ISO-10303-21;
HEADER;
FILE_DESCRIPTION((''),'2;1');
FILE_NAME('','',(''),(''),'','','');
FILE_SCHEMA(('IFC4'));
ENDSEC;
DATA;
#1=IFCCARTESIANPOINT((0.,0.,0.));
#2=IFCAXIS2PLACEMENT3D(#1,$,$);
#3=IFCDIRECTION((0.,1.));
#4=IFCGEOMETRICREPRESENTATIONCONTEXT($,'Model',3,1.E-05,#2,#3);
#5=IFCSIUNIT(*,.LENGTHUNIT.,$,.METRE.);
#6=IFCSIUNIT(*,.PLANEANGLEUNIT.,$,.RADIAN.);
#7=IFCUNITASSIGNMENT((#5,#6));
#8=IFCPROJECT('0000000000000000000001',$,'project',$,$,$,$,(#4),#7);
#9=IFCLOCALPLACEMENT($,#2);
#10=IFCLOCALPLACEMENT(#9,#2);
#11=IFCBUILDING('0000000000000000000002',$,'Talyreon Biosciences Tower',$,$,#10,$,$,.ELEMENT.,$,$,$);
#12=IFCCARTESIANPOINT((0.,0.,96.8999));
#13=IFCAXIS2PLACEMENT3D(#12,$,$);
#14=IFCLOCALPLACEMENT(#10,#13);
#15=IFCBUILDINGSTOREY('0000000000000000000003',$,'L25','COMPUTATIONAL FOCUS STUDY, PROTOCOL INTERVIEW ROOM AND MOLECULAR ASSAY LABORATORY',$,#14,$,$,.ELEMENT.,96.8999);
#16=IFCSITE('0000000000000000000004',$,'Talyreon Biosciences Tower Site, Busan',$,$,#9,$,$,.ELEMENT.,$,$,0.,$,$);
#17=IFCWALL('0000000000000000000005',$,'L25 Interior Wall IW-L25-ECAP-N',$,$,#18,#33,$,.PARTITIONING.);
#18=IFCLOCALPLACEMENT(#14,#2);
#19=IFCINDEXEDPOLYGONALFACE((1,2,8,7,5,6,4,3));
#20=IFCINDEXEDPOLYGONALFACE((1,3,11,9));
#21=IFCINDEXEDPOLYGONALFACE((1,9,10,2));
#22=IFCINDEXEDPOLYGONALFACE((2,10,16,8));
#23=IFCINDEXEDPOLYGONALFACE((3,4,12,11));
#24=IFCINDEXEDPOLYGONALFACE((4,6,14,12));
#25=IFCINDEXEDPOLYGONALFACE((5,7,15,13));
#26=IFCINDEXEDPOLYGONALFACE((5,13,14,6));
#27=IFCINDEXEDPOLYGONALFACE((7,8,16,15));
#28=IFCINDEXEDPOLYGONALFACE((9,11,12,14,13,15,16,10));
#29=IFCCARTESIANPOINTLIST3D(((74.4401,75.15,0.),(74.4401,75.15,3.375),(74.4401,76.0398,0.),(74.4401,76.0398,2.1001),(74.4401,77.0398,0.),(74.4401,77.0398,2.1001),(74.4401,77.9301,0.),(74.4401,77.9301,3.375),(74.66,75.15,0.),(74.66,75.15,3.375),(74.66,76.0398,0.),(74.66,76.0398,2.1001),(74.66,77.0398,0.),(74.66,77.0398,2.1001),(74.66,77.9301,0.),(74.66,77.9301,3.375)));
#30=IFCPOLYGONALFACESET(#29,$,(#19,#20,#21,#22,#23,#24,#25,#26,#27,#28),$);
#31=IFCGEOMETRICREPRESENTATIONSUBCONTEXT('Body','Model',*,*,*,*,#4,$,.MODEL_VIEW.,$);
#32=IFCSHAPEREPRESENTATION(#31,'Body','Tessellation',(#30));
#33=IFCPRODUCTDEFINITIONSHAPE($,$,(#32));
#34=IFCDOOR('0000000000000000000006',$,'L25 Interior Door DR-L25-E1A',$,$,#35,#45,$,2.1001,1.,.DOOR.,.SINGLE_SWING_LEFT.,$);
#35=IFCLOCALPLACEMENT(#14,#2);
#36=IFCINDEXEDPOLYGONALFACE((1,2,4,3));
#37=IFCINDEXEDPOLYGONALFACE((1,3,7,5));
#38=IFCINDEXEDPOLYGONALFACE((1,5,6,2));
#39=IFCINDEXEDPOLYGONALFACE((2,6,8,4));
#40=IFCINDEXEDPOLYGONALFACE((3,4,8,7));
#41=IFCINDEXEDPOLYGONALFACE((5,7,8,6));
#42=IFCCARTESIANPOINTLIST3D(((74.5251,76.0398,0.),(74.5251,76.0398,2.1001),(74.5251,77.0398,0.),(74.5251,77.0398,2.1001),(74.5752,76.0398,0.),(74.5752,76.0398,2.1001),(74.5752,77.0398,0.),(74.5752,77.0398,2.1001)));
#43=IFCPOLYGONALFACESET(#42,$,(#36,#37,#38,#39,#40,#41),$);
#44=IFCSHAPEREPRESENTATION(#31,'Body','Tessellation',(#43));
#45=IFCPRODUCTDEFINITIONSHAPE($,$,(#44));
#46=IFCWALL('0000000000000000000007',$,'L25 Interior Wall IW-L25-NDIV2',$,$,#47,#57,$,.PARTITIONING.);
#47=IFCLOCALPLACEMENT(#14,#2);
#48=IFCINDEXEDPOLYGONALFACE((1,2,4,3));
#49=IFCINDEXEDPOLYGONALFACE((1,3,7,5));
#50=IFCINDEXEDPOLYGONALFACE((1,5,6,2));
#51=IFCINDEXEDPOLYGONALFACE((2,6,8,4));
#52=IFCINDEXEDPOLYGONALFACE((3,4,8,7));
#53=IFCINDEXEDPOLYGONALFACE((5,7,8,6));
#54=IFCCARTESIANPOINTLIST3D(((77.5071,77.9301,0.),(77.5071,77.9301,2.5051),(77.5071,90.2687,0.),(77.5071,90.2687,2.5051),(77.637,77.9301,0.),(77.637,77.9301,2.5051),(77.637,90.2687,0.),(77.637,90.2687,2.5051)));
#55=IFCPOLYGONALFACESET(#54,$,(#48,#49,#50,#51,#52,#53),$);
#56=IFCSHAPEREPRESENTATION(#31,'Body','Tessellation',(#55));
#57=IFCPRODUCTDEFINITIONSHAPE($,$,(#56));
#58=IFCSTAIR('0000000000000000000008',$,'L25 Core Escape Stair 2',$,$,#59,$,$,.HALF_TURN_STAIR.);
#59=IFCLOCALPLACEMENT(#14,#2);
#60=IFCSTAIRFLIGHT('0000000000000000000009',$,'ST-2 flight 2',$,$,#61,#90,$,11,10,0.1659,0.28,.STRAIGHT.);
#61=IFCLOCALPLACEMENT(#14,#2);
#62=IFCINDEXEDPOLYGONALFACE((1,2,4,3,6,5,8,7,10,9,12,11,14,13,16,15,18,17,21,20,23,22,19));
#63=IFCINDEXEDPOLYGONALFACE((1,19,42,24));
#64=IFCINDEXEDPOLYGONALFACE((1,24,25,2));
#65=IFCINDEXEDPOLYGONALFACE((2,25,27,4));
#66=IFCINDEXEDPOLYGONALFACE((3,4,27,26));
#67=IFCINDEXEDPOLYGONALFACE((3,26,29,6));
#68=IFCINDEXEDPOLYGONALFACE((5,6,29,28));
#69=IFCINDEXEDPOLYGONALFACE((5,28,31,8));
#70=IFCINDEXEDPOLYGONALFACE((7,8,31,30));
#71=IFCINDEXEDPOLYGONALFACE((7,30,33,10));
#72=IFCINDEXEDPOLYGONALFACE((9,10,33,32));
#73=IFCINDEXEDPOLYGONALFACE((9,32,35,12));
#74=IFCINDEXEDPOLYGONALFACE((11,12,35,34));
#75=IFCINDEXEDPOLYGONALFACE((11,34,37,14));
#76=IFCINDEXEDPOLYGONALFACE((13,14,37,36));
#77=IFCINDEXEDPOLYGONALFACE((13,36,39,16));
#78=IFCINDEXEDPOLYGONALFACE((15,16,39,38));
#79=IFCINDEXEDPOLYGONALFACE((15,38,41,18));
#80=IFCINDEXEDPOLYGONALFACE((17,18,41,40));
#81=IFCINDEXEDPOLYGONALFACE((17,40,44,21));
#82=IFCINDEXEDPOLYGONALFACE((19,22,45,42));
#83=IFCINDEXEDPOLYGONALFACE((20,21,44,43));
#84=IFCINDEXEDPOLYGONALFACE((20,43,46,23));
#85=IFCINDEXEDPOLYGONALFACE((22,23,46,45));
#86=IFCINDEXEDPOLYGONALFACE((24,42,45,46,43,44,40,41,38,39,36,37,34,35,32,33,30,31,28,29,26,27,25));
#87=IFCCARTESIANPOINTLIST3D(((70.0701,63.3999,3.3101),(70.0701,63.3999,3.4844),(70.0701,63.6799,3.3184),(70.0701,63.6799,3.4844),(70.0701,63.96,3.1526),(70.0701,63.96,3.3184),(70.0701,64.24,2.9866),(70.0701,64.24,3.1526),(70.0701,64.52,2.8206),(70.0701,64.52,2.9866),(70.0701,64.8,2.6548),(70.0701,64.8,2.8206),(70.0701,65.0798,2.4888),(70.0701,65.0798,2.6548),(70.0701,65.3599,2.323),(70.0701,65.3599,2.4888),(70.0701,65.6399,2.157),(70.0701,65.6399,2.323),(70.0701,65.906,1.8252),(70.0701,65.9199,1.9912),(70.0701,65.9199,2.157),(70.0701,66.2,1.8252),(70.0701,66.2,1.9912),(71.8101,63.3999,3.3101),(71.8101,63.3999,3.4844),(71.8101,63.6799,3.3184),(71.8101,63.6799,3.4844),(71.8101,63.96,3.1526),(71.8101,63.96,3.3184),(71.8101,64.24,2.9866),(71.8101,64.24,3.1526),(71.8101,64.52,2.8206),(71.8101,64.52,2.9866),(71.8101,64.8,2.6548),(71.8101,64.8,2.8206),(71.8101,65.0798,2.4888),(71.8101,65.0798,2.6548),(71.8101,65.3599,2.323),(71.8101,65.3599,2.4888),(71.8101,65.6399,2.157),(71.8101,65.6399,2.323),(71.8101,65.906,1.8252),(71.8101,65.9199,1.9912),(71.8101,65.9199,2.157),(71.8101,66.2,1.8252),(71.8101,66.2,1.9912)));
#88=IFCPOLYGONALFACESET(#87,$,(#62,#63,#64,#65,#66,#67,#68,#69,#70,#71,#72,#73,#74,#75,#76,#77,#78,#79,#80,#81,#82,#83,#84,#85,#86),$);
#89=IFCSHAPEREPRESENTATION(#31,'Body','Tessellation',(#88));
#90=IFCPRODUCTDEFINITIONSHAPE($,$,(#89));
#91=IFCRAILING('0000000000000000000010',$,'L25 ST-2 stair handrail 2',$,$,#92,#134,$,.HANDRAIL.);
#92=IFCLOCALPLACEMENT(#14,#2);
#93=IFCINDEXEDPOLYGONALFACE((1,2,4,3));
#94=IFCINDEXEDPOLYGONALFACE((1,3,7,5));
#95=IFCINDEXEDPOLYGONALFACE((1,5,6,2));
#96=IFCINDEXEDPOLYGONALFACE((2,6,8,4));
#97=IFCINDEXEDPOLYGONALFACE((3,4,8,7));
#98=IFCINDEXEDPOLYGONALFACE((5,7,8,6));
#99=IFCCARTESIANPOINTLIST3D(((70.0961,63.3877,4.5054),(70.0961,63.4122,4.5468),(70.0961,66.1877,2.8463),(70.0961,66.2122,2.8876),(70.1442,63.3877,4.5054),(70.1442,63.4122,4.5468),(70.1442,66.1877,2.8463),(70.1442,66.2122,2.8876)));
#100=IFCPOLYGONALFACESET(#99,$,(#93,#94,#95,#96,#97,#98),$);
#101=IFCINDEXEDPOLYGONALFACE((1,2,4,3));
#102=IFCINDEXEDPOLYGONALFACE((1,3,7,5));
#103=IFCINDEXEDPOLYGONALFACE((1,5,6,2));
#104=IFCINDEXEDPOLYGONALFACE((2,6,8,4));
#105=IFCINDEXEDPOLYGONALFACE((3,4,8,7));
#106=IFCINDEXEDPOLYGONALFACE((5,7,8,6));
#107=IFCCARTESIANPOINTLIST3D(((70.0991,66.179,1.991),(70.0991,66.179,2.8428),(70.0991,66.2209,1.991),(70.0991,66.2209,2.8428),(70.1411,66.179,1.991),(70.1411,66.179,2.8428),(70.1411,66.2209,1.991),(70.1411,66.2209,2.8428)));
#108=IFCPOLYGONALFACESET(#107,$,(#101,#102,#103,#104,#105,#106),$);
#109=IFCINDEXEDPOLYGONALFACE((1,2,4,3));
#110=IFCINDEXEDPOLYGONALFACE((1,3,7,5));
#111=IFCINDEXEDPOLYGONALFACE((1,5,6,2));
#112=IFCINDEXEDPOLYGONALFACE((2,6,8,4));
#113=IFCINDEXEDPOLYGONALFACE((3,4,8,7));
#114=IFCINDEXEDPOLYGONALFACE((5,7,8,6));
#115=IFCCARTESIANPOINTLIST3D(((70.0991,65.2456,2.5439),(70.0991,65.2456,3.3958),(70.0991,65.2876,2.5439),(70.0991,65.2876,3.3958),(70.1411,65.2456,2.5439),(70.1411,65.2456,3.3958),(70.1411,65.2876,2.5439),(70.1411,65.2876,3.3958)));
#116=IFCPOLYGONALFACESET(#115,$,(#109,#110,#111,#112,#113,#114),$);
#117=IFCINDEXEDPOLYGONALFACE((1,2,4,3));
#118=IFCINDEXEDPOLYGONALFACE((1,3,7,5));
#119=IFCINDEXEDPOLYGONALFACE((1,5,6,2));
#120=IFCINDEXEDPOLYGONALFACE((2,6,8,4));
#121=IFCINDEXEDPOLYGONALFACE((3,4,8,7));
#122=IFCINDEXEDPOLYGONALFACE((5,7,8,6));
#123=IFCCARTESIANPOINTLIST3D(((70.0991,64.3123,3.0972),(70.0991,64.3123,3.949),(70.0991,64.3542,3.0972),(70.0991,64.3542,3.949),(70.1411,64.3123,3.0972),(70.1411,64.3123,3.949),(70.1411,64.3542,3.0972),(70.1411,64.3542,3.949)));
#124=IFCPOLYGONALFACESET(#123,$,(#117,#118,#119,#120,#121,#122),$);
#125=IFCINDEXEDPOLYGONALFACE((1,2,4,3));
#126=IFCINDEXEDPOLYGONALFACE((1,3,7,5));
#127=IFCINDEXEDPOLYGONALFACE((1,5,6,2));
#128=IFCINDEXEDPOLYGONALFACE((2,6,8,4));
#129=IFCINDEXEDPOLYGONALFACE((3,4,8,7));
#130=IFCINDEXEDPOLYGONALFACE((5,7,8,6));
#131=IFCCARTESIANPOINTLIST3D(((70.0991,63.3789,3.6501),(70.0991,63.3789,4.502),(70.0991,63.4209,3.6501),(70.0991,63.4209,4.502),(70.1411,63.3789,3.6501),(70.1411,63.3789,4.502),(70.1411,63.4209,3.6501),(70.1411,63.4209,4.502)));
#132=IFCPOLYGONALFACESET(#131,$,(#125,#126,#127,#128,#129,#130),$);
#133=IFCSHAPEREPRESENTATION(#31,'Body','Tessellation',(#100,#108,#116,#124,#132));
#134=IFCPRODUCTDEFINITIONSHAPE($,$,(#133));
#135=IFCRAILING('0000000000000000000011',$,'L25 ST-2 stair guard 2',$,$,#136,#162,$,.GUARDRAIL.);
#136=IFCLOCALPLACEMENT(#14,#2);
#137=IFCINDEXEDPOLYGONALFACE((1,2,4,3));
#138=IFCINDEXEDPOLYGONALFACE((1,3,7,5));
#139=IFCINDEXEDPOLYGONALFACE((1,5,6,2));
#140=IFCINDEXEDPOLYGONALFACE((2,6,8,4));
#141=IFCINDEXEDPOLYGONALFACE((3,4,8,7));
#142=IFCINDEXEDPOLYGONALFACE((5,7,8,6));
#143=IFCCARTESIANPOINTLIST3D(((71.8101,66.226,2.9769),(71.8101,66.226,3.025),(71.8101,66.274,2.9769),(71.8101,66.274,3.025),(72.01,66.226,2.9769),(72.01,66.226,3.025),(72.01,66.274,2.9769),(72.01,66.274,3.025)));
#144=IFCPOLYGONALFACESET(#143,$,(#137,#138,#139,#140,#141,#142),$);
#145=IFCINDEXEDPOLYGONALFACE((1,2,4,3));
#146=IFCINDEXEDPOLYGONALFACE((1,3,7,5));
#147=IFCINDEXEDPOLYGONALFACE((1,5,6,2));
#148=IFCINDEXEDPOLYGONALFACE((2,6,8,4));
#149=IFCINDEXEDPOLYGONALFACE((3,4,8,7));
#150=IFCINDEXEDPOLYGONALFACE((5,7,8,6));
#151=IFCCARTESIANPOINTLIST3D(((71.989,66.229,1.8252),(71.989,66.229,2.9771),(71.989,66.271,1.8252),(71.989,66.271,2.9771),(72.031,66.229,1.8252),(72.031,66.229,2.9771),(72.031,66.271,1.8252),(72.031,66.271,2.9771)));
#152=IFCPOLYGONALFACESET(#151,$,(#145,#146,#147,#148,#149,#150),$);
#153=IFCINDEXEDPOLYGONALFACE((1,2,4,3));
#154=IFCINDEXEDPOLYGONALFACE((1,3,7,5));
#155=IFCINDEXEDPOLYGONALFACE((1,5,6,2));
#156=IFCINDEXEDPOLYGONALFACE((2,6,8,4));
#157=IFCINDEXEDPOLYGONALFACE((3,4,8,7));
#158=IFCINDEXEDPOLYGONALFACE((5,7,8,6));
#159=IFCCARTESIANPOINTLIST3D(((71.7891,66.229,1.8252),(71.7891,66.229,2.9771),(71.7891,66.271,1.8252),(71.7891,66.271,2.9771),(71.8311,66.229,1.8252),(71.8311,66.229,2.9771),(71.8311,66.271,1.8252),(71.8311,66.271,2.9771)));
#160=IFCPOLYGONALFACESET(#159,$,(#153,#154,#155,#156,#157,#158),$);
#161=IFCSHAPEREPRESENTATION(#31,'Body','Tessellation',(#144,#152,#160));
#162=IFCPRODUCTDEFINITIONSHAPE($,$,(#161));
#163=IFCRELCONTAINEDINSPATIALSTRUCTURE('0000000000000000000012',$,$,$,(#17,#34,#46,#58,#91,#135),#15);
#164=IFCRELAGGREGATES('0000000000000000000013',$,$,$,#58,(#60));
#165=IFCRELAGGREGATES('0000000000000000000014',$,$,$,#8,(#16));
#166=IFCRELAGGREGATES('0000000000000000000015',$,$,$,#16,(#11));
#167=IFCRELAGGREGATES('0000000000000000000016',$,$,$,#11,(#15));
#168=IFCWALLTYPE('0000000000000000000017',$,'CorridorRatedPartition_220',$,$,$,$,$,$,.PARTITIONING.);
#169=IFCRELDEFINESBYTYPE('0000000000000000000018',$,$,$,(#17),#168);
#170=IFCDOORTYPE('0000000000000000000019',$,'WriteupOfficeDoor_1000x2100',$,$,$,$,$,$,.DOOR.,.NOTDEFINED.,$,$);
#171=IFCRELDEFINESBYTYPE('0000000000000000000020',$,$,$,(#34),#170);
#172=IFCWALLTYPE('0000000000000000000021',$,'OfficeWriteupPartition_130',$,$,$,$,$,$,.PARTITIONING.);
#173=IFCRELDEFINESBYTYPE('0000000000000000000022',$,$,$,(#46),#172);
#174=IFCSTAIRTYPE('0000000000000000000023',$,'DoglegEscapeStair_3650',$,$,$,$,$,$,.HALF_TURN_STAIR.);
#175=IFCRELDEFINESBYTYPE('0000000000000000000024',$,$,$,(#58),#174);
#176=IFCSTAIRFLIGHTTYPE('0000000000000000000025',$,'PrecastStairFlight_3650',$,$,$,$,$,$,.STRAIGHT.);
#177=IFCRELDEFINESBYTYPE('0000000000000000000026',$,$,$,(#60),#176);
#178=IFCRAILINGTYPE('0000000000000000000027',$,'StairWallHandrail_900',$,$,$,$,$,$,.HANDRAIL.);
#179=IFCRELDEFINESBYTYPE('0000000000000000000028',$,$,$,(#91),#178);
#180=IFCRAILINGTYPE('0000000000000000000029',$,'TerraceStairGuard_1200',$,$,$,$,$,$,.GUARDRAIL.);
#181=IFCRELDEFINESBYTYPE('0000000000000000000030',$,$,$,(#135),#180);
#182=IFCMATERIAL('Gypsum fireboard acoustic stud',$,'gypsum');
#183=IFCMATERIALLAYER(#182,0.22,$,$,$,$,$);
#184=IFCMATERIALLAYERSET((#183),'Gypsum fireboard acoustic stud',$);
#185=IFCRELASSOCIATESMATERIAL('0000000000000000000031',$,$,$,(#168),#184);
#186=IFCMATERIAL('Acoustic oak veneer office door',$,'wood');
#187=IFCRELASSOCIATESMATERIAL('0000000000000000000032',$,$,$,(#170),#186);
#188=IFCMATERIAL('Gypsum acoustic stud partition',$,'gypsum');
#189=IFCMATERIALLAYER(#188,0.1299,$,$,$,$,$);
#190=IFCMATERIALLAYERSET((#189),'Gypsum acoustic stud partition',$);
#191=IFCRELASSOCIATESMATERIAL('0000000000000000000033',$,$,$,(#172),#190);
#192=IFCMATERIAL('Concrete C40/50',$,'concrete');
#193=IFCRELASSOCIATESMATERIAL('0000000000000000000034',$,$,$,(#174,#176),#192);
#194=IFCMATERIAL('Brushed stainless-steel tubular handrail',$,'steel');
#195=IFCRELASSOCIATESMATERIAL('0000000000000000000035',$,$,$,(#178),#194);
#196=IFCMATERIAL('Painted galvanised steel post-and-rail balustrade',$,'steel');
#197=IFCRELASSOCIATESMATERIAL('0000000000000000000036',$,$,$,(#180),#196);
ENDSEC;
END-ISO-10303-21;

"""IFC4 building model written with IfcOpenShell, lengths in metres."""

from ifc_helpers import new_model, si_unit, direction, frame, frame_2d, origin, origin_2d, place, context, subcontext, project, spatial, polyline, rectangle, outline, extrude, material, layer, layer_set, type_object, element, fill, aggregate, save


model = new_model("IFC4")

# Units and contexts
model_context = context("Model", 3, precision=1e-05, world=origin(), true_north=direction((0.0, 1.0)))
body_context = subcontext(model_context, "Body", "Model", "MODEL_VIEW")
ifc_project = project(units=[si_unit("LENGTHUNIT", "METRE"), si_unit("PLANEANGLEUNIT", "RADIAN")], contexts=[model_context])

# Site, building, storey
site_placement = place(None, origin())
site = spatial("IfcSite", under=ifc_project, at=site_placement, Name="Talyreon Biosciences Tower Site, Busan", CompositionType="ELEMENT", RefElevation=0.0)
building_placement = place(site_placement, origin())
building = spatial("IfcBuilding", under=site, at=building_placement, Name="Talyreon Biosciences Tower", CompositionType="ELEMENT")
storey_placement = place(building_placement, frame((0.0, 0.0, 96.8999)))
storey = spatial("IfcBuildingStorey", under=building, at=storey_placement, Name="L25", Description="COMPUTATIONAL FOCUS STUDY, PROTOCOL INTERVIEW ROOM AND MOLECULAR ASSAY LABORATORY", CompositionType="ELEMENT", Elevation=96.8999)

# Wall, opening, door
ifc_material_1 = material(Name="Gypsum fireboard acoustic stud", Category="gypsum")
ifc_layer_1 = layer(ifc_material_1, 0.22)
ifc_layer_set_1 = layer_set([ifc_layer_1], Name="Gypsum fireboard acoustic stud")
wall_type_1 = type_object("IfcWallType", Name="CorridorRatedPartition_220", PredefinedType="PARTITIONING", material=ifc_layer_set_1)
wall_1_placement = place(storey_placement, frame((74.55, 75.1499, 0.0), z_axis=(0.0, 0.0, 1.0), x_axis=(0.0, 1.0, 0.0)))
wall_1 = element("IfcWall", 1, at=wall_1_placement, inside=storey, type_object=wall_type_1, Name="L25 Interior Wall IW-L25-ECAP-N", PredefinedType="PARTITIONING", context=body_context, shape_type="SweptSolid", body=[
    extrude(rectangle(XDim=2.78, YDim=0.22, at=frame_2d((1.3901, 0.0))), origin(), (0.0, 0.0, 1.0), 3.375),
])
opening_placement = place(wall_1_placement, frame((0.8899, 0.0, 0.0)))
opening = element("IfcOpeningElement", 2, at=opening_placement, cuts=wall_1, PredefinedType="OPENING", context=body_context, shape_type="SweptSolid", body=[
    extrude(rectangle(XDim=1.0, YDim=2.1001, at=frame_2d((0.5, 1.05))), frame((0.0, 0.1199, 0.0), z_axis=(0.0, -1.0, 0.0), x_axis=(1.0, 0.0, 0.0)), (0.0, 0.0, 1.0), 0.24),
])
ifc_material_2 = material(Name="Acoustic oak veneer office door", Category="wood")
door_type = type_object("IfcDoorType", Name="WriteupOfficeDoor_1000x2100", OperationType="NOTDEFINED", PredefinedType="DOOR", material=ifc_material_2)
door_placement = place(opening_placement, origin())
door = element("IfcDoor", 3, at=door_placement, inside=storey, type_object=door_type, Name="L25 Interior Door DR-L25-E1A", OperationType="SINGLE_SWING_LEFT", OverallHeight=2.1001, OverallWidth=1.0, PredefinedType="DOOR", context=body_context, shape_type="SweptSolid", body=[
    extrude(rectangle(XDim=1.0, YDim=2.1001, at=frame_2d((0.5, 1.05))), frame((0.0, 0.0249, 0.0), z_axis=(0.0, -1.0, 0.0), x_axis=(1.0, 0.0, 0.0)), (0.0, 0.0, 1.0), 0.05),
])
fill(opening, door)

# Wall
ifc_material_3 = material(Name="Gypsum acoustic stud partition", Category="gypsum")
ifc_layer_2 = layer(ifc_material_3, 0.1299)
ifc_layer_set_2 = layer_set([ifc_layer_2], Name="Gypsum acoustic stud partition")
wall_type_2 = type_object("IfcWallType", Name="OfficeWriteupPartition_130", PredefinedType="PARTITIONING", material=ifc_layer_set_2)
wall_2_placement = place(storey_placement, frame((77.572, 77.9299, 0.0), z_axis=(0.0, 0.0, 1.0), x_axis=(0.0, 1.0, 0.0)))
element("IfcWall", 4, at=wall_2_placement, inside=storey, type_object=wall_type_2, Name="L25 Interior Wall IW-L25-NDIV2", PredefinedType="PARTITIONING", context=body_context, shape_type="SweptSolid", body=[
    extrude(rectangle(XDim=12.3386, YDim=0.1299, at=frame_2d((6.1694, 0.0))), origin(), (0.0, 0.0, 1.0), 2.5051),
])

# Stair, stair flight
ifc_material_4 = material(Name="Concrete C40/50", Category="concrete")
stair_type = type_object("IfcStairType", Name="DoglegEscapeStair_3650", PredefinedType="HALF_TURN_STAIR", material=ifc_material_4)
stair_placement = place(storey_placement, origin())
stair = element("IfcStair", 5, at=stair_placement, inside=storey, type_object=stair_type, Name="L25 Core Escape Stair 2", PredefinedType="HALF_TURN_STAIR")
stair_flight_type = type_object("IfcStairFlightType", Name="PrecastStairFlight_3650", PredefinedType="STRAIGHT", material=ifc_material_4)
stair_flight_placement = place(storey_placement, frame((70.9399, 66.2, 1.8252), z_axis=(0.0, 0.0, 1.0), x_axis=(0.0, -1.0, 0.0)))
stair_flight = element("IfcStairFlight", 6, at=stair_flight_placement, type_object=stair_flight_type, Name="ST-2 flight 2", NumberOfRisers=11, NumberOfTreads=10, PredefinedType="STRAIGHT", RiserHeight=0.1659, TreadLength=0.28, context=body_context, shape_type="SweptSolid", body=[
    extrude(outline(polyline([(0.0, 0.0), (0.0, 0.166), (0.28, 0.166), (0.28, 0.3318), (0.5601, 0.3318), (0.5601, 0.4978), (0.8401, 0.4978), (0.8401, 0.6636), (1.1201, 0.6636), (1.1201, 0.8296), (1.3999, 0.8296), (1.3999, 0.9954), (1.6799, 0.9954), (1.6799, 1.1614), (1.96, 1.1614), (1.96, 1.3274), (2.24, 1.3274), (2.24, 1.4932), (2.52, 1.4932), (2.52, 1.6592), (2.8, 1.6592), (2.8, 1.825), (2.8, 1.4849), (0.2939, 0.0), (0.0, 0.0)])), frame((0.0, 0.8701, 0.0), z_axis=(0.0, -1.0, 0.0), x_axis=(1.0, 0.0, 0.0)), (0.0, 0.0, 1.0), 1.74),
])
aggregate(stair, [stair_flight])

# Railings
ifc_material_5 = material(Name="Brushed stainless-steel tubular handrail", Category="steel")
railing_type_1 = type_object("IfcRailingType", Name="StairWallHandrail_900", PredefinedType="HANDRAIL", material=ifc_material_5)
railing_1_placement = place(storey_placement, frame((70.1201, 66.2, 1.991)))
element("IfcRailing", 7, at=railing_1_placement, inside=storey, type_object=railing_type_1, Name="L25 ST-2 stair handrail 2", PredefinedType="HANDRAIL", context=body_context, shape_type="SweptSolid", body=[
    extrude(rectangle(XDim=0.0481, YDim=0.0481, at=origin_2d()), frame((0.0, 0.0, 0.876), z_axis=(0.0, -0.860306, 0.509778), x_axis=(1.0, 0.0, 0.0)), (0.0, 0.0, 1.0), 3.2546),
    extrude(rectangle(XDim=0.042, YDim=0.042, at=origin_2d()), origin(), (0.0, 0.0, 1.0), 0.8518),
    extrude(rectangle(XDim=0.042, YDim=0.042, at=origin_2d()), frame((0.0, -0.9333, 0.553)), (0.0, 0.0, 1.0), 0.8518),
    extrude(rectangle(XDim=0.042, YDim=0.042, at=origin_2d()), frame((0.0, -1.8667, 1.1062)), (0.0, 0.0, 1.0), 0.8518),
    extrude(rectangle(XDim=0.042, YDim=0.042, at=origin_2d()), frame((0.0, -2.8, 1.6592)), (0.0, 0.0, 1.0), 0.8518),
])
ifc_material_6 = material(Name="Painted galvanised steel post-and-rail balustrade", Category="steel")
railing_type_2 = type_object("IfcRailingType", Name="TerraceStairGuard_1200", PredefinedType="GUARDRAIL", material=ifc_material_6)
railing_2_placement = place(storey_placement, frame((72.01, 66.25, 1.8252)))
element("IfcRailing", 8, at=railing_2_placement, inside=storey, type_object=railing_type_2, Name="L25 ST-2 stair guard 2", PredefinedType="GUARDRAIL", context=body_context, shape_type="SweptSolid", body=[
    extrude(rectangle(XDim=0.0481, YDim=0.0481, at=origin_2d()), frame((0.0, 0.0, 1.1758), z_axis=(-1.0, 0.0, 0.0), x_axis=(0.0, -1.0, 0.0)), (0.0, 0.0, 1.0), 0.2),
    extrude(rectangle(XDim=0.042, YDim=0.042, at=origin_2d()), origin(), (0.0, 0.0, 1.0), 1.1519),
    extrude(rectangle(XDim=0.042, YDim=0.042, at=origin_2d()), frame((-0.2, 0.0, 0.0)), (0.0, 0.0, 1.0), 1.1519),
])

save(model, "model.ifc")
